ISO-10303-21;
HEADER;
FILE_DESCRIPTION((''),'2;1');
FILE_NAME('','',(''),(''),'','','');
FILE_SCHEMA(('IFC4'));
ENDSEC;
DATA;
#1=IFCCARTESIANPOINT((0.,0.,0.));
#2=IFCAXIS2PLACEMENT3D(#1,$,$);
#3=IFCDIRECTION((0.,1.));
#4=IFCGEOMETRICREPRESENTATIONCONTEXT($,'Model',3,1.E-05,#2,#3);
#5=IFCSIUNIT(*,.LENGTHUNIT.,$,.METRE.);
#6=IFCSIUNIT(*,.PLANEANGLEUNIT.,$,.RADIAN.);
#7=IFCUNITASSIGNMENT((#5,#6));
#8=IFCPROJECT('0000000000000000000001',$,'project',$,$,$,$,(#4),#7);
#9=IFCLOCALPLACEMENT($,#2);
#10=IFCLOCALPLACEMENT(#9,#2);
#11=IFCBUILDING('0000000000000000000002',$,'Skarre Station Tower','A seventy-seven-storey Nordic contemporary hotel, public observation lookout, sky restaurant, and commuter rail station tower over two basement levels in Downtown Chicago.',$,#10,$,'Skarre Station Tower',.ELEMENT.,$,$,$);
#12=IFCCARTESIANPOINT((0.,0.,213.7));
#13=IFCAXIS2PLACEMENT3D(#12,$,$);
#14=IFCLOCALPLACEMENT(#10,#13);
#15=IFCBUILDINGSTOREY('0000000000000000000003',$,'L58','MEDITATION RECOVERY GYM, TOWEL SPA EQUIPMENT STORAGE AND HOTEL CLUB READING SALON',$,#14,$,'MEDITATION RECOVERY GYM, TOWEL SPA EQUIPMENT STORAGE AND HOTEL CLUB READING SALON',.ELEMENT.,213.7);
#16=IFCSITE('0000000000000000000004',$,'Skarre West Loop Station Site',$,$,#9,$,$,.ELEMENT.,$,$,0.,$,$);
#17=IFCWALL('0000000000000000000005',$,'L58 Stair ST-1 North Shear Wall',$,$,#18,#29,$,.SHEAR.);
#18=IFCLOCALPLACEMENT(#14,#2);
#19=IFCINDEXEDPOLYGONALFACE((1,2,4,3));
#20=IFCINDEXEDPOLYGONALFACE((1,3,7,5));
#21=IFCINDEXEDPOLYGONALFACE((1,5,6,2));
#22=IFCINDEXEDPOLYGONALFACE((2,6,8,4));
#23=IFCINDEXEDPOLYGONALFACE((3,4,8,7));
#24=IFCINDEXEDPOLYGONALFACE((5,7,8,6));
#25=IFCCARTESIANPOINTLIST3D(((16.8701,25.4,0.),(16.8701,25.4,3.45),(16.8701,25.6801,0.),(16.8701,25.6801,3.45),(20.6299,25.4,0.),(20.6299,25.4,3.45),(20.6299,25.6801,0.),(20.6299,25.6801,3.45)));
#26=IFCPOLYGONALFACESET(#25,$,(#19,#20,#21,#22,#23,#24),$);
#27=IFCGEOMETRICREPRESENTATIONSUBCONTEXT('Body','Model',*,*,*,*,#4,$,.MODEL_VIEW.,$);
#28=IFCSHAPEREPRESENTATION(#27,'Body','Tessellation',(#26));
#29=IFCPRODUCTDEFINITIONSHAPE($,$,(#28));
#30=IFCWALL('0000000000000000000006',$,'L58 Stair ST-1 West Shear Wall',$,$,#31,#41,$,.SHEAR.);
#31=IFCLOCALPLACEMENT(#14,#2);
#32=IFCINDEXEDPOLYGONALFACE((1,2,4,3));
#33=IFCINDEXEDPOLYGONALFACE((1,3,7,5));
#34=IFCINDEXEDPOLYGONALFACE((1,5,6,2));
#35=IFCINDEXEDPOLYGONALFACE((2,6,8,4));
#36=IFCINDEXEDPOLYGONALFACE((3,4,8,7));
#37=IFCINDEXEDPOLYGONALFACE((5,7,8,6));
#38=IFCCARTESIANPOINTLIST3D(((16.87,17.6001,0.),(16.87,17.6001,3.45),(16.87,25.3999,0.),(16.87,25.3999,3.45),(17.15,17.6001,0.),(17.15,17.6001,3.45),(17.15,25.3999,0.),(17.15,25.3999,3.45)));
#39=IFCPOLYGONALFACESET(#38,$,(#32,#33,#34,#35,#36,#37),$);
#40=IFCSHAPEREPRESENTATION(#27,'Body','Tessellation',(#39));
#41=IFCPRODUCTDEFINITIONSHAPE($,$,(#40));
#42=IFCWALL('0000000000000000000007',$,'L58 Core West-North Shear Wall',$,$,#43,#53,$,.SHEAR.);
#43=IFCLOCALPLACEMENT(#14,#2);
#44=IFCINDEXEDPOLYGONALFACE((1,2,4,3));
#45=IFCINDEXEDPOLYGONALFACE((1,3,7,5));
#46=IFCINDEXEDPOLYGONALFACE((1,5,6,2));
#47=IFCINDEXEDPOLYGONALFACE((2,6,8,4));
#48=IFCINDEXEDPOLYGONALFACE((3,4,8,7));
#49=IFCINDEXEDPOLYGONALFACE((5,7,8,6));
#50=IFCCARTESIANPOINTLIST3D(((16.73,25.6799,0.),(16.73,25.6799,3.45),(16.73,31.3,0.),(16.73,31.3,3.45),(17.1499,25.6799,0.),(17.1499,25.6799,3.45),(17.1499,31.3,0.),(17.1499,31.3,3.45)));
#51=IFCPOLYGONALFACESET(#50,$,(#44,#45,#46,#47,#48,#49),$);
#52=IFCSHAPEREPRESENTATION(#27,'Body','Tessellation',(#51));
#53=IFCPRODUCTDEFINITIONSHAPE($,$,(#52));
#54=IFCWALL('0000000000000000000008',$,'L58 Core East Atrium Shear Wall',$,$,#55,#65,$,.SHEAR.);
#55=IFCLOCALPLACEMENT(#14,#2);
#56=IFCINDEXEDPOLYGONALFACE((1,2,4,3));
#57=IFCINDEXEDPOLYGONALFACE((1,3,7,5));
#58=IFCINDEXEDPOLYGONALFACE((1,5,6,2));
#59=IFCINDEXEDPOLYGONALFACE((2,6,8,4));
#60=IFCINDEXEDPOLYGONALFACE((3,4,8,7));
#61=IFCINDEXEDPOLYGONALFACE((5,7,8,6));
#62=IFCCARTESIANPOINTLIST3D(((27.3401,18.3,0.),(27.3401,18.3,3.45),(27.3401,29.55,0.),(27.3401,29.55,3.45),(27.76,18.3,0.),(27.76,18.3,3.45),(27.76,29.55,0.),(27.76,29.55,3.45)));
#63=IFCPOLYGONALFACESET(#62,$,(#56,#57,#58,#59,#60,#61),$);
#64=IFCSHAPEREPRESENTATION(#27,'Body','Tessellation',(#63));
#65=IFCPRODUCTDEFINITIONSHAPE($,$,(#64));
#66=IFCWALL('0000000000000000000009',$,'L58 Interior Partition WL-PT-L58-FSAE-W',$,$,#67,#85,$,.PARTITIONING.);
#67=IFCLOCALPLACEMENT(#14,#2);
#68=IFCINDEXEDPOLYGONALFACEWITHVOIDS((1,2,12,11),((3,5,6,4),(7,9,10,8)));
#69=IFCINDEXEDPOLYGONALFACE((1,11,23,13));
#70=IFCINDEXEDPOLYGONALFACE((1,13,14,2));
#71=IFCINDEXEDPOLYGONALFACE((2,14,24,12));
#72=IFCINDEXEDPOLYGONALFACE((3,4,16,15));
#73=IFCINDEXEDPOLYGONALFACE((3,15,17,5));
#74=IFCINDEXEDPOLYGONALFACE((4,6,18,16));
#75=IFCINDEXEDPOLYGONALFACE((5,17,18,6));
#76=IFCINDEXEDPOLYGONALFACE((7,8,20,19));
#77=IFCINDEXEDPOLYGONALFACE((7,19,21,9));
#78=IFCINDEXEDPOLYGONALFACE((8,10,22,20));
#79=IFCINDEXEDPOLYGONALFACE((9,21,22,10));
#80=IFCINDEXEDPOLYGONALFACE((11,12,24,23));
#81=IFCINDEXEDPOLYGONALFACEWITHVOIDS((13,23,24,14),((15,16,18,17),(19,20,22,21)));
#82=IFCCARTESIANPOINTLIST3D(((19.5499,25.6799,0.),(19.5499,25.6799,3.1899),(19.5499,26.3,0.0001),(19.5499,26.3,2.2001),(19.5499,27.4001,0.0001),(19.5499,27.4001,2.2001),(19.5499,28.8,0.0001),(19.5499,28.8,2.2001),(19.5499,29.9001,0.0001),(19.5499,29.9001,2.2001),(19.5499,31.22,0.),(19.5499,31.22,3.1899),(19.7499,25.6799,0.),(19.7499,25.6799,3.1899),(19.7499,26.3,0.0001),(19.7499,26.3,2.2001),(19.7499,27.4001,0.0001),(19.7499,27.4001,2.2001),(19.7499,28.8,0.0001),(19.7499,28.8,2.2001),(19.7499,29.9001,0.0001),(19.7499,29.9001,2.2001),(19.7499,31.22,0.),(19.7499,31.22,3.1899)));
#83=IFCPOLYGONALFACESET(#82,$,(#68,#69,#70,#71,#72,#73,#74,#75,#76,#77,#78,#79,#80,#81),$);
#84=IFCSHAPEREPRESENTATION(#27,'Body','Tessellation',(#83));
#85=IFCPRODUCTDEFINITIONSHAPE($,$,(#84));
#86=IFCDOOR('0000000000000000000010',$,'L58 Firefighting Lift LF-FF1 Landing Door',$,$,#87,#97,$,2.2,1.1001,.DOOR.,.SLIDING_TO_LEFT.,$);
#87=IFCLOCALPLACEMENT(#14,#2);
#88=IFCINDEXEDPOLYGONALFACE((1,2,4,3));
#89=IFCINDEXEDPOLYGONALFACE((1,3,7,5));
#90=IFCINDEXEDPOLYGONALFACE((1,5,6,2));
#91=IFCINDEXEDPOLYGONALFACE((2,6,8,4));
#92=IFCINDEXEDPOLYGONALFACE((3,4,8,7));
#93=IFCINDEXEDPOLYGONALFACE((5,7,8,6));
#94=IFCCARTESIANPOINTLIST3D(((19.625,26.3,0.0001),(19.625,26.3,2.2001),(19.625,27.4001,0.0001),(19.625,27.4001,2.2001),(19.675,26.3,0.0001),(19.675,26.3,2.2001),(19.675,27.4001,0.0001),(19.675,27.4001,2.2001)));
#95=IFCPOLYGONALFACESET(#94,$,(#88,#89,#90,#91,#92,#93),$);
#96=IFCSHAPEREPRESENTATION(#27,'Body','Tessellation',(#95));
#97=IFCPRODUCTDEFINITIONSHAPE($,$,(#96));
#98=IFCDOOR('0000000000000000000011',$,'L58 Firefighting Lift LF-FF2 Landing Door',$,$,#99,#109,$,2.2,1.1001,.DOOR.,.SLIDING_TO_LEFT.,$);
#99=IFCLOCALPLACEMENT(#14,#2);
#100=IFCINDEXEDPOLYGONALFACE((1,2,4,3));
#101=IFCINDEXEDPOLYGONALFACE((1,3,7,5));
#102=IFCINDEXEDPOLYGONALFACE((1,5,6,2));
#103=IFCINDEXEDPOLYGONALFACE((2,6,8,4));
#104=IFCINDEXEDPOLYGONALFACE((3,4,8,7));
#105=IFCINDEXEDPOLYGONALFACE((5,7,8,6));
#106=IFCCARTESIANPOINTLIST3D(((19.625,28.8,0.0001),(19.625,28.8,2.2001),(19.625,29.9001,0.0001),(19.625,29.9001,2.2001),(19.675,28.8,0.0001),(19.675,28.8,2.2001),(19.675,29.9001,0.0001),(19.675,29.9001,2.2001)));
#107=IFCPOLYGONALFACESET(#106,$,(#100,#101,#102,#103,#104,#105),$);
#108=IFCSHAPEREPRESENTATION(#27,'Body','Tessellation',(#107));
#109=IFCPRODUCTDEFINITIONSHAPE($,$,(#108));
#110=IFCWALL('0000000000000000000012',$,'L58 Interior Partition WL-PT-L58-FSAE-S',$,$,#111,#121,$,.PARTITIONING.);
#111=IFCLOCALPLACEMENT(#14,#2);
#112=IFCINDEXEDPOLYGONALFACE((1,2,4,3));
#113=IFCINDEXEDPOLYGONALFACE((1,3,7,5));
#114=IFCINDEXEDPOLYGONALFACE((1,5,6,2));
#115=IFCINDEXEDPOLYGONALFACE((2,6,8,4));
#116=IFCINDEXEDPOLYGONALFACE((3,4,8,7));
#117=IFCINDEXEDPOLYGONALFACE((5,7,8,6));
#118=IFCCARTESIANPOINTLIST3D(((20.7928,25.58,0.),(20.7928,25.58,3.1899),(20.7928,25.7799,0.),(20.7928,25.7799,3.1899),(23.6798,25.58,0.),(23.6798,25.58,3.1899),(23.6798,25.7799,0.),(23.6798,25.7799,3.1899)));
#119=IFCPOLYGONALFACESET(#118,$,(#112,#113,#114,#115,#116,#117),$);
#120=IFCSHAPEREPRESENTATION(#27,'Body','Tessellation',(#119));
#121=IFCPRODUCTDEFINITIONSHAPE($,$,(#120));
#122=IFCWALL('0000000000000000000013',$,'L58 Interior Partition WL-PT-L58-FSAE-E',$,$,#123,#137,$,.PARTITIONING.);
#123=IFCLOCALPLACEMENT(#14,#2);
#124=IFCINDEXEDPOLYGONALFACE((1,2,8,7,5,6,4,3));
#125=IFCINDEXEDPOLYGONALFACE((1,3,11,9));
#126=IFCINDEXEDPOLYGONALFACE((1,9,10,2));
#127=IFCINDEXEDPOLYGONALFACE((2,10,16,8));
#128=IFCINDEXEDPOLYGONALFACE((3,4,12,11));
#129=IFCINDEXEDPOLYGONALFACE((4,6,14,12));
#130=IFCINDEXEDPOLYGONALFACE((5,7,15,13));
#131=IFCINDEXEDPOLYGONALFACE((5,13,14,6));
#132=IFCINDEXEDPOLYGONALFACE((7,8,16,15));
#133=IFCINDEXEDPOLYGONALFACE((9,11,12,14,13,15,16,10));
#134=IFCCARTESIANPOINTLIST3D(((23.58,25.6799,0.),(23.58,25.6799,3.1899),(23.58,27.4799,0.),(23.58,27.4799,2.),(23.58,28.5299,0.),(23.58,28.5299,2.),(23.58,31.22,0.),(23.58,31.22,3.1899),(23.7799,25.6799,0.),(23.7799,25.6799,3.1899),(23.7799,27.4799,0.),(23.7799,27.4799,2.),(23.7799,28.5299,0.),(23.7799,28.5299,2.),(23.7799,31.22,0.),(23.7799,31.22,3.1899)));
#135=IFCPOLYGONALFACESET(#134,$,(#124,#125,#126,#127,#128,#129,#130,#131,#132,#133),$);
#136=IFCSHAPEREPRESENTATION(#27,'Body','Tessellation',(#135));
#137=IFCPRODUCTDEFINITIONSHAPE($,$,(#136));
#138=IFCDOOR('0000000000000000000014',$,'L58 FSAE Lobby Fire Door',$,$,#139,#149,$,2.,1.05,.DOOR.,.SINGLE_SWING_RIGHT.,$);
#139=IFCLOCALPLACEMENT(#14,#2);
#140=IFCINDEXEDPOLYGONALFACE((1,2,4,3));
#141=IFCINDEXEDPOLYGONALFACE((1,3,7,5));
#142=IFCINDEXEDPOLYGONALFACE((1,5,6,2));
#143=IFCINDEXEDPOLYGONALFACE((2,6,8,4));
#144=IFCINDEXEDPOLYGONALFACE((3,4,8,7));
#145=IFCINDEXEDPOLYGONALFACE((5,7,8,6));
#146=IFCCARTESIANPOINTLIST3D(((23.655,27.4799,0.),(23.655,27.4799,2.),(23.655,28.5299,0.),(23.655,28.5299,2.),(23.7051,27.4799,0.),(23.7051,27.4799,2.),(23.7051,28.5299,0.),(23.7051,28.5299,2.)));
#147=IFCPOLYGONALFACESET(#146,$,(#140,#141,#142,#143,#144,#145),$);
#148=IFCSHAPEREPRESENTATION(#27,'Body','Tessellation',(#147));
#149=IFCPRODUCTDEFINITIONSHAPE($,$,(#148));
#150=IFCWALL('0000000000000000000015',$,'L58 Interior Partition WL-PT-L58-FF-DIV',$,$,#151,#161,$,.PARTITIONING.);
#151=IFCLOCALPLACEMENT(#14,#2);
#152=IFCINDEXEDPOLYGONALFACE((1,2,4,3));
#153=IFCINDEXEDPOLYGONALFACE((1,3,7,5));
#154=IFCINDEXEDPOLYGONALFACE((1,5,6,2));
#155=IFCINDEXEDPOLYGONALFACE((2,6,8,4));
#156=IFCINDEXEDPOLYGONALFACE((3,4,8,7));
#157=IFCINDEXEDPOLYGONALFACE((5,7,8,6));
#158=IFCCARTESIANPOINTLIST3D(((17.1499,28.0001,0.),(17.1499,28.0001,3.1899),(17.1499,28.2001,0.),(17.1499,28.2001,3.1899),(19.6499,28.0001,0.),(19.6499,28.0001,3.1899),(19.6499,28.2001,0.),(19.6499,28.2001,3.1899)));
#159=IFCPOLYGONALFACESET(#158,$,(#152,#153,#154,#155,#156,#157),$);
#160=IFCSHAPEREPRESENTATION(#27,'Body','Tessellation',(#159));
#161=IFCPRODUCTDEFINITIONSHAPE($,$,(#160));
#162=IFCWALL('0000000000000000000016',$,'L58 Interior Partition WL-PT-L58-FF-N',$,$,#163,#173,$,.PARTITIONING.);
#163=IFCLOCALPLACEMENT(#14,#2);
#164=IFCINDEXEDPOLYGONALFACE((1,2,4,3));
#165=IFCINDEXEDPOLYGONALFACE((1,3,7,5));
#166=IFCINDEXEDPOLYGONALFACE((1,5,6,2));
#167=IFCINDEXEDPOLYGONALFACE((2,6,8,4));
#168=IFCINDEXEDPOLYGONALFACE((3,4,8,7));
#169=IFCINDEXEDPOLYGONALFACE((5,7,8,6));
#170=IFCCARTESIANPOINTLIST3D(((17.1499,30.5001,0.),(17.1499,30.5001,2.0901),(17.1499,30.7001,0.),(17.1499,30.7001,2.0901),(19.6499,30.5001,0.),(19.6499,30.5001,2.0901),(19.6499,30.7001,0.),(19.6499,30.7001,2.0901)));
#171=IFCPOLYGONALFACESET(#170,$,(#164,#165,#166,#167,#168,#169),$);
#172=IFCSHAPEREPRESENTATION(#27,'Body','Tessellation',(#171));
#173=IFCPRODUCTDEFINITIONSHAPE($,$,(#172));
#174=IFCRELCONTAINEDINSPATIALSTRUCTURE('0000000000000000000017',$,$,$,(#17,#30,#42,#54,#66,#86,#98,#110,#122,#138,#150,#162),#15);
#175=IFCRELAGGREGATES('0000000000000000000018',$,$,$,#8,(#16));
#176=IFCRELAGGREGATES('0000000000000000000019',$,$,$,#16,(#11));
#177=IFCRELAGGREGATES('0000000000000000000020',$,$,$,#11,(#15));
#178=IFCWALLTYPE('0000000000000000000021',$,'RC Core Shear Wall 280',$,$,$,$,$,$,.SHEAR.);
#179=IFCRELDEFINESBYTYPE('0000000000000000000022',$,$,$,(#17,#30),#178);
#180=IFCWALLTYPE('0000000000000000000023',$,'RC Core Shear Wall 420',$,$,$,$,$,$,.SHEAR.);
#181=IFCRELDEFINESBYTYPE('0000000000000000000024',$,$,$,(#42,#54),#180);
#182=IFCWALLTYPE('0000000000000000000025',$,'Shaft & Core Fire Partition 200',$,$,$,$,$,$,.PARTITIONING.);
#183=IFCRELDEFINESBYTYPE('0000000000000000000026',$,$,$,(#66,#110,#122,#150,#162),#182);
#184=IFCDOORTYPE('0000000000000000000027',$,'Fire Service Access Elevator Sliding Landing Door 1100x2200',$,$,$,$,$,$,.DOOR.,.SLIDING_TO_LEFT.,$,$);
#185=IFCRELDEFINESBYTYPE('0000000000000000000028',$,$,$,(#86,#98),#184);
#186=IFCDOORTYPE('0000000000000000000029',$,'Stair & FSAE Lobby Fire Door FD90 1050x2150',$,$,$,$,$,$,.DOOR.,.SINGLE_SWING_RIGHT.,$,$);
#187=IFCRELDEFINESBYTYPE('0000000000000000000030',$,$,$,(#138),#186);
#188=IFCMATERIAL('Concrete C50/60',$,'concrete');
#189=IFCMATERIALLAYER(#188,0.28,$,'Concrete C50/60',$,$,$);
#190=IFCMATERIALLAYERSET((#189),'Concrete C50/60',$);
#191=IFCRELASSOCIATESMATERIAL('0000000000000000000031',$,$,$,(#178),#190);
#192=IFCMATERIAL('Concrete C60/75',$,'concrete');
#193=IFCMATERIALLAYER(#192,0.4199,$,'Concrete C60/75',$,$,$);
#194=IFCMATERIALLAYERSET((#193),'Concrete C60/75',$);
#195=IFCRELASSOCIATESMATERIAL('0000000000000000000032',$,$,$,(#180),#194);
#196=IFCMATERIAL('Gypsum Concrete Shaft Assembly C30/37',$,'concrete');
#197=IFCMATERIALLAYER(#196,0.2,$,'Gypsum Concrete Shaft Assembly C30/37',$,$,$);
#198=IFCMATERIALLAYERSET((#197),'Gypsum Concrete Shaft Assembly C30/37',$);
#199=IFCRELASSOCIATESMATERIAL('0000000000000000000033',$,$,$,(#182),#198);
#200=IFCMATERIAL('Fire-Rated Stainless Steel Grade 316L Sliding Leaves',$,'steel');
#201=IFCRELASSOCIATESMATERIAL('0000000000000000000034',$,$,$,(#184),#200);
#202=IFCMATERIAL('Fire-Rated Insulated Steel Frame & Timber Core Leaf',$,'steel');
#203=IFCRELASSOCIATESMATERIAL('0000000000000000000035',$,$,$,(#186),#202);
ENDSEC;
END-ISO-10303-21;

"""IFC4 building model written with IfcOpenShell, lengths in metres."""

from ifc_helpers import new_model, si_unit, direction, frame, frame_2d, origin, place, context, subcontext, project, spatial, rectangle, extrude, material, layer, layer_set, type_object, element, fill, save


model = new_model("IFC4")

# Units and contexts
model_context = context("Model", 3, precision=1e-05, world=origin(), true_north=direction((0.0, 1.0)))
body_context = subcontext(model_context, "Body", "Model", "MODEL_VIEW")
ifc_project = project(units=[si_unit("LENGTHUNIT", "METRE"), si_unit("PLANEANGLEUNIT", "RADIAN")], contexts=[model_context])

# Site, building, storey
site_placement = place(None, origin())
site = spatial("IfcSite", under=ifc_project, at=site_placement, Name="Skarre West Loop Station Site", CompositionType="ELEMENT", RefElevation=0.0)
building_placement = place(site_placement, origin())
building = spatial("IfcBuilding", under=site, at=building_placement, Name="Skarre Station Tower", Description="A seventy-seven-storey Nordic contemporary hotel, public observation lookout, sky restaurant, and commuter rail station tower over two basement levels in Downtown Chicago.", LongName="Skarre Station Tower", CompositionType="ELEMENT")
storey_placement = place(building_placement, frame((0.0, 0.0, 213.7)))
storey = spatial("IfcBuildingStorey", under=building, at=storey_placement, Name="L58", Description="MEDITATION RECOVERY GYM, TOWEL SPA EQUIPMENT STORAGE AND HOTEL CLUB READING SALON", LongName="MEDITATION RECOVERY GYM, TOWEL SPA EQUIPMENT STORAGE AND HOTEL CLUB READING SALON", CompositionType="ELEMENT", Elevation=213.7)

# Shared definitions
ifc_material_1 = material(Name="Concrete C60/75", Category="concrete")
ifc_material_2 = material(Name="Concrete C50/60", Category="concrete")

# Walls
ifc_layer_1 = layer(ifc_material_2, 0.28, Name="Concrete C50/60")
ifc_layer_set_1 = layer_set([ifc_layer_1], Name="Concrete C50/60")
wall_type_1 = type_object("IfcWallType", Name="RC Core Shear Wall 280", PredefinedType="SHEAR", material=ifc_layer_set_1)
wall_1_placement = place(storey_placement, frame((20.6299, 25.54, 0.0), z_axis=(0.0, 0.0, 1.0), x_axis=(-1.0, 0.0, 0.0)))
element("IfcWall", 1, at=wall_1_placement, inside=storey, type_object=wall_type_1, Name="L58 Stair ST-1 North Shear Wall", PredefinedType="SHEAR", context=body_context, shape_type="SweptSolid", body=[
    extrude(rectangle(XDim=3.7598, YDim=0.28, at=frame_2d((1.8799, 0.0))), origin(), (0.0, 0.0, 1.0), 3.45),
])
wall_2_placement = place(storey_placement, frame((17.01, 25.3999, 0.0), z_axis=(0.0, 0.0, 1.0), x_axis=(0.0, -1.0, 0.0)))
element("IfcWall", 2, at=wall_2_placement, inside=storey, type_object=wall_type_1, Name="L58 Stair ST-1 West Shear Wall", PredefinedType="SHEAR", context=body_context, shape_type="SweptSolid", body=[
    extrude(rectangle(XDim=7.7998, YDim=0.28, at=frame_2d((3.8999, 0.0))), origin(), (0.0, 0.0, 1.0), 3.45),
])
ifc_layer_2 = layer(ifc_material_1, 0.4199, Name="Concrete C60/75")
ifc_layer_set_2 = layer_set([ifc_layer_2], Name="Concrete C60/75")
wall_type_2 = type_object("IfcWallType", Name="RC Core Shear Wall 420", PredefinedType="SHEAR", material=ifc_layer_set_2)
wall_3_placement = place(storey_placement, frame((16.9399, 25.6799, 0.0), z_axis=(0.0, 0.0, 1.0), x_axis=(0.0, 1.0, 0.0)))
element("IfcWall", 3, at=wall_3_placement, inside=storey, type_object=wall_type_2, Name="L58 Core West-North Shear Wall", PredefinedType="SHEAR", context=body_context, shape_type="SweptSolid", body=[
    extrude(rectangle(XDim=5.6201, YDim=0.4199, at=frame_2d((2.8101, 0.0))), origin(), (0.0, 0.0, 1.0), 3.45),
])
wall_4_placement = place(storey_placement, frame((27.55, 29.55, 0.0), z_axis=(0.0, 0.0, 1.0), x_axis=(0.0, -1.0, 0.0)))
element("IfcWall", 4, at=wall_4_placement, inside=storey, type_object=wall_type_2, Name="L58 Core East Atrium Shear Wall", PredefinedType="SHEAR", context=body_context, shape_type="SweptSolid", body=[
    extrude(rectangle(XDim=11.25, YDim=0.4199, at=frame_2d((5.625, 0.0))), origin(), (0.0, 0.0, 1.0), 3.45),
])

# Wall, openings, doors
ifc_material_3 = material(Name="Gypsum Concrete Shaft Assembly C30/37", Category="concrete")
ifc_layer_3 = layer(ifc_material_3, 0.2, Name="Gypsum Concrete Shaft Assembly C30/37")
ifc_layer_set_3 = layer_set([ifc_layer_3], Name="Gypsum Concrete Shaft Assembly C30/37")
wall_type_3 = type_object("IfcWallType", Name="Shaft & Core Fire Partition 200", PredefinedType="PARTITIONING", material=ifc_layer_set_3)
wall_5_placement = place(storey_placement, frame((19.6499, 25.6799, 0.0), z_axis=(0.0, 0.0, 1.0), x_axis=(0.0, 1.0, 0.0)))
wall_5 = element("IfcWall", 5, at=wall_5_placement, inside=storey, type_object=wall_type_3, Name="L58 Interior Partition WL-PT-L58-FSAE-W", PredefinedType="PARTITIONING", context=body_context, shape_type="SweptSolid", body=[
    extrude(rectangle(XDim=5.54, YDim=0.2, at=frame_2d((2.77, 0.0))), origin(), (0.0, 0.0, 1.0), 3.1899),
])
opening_1_placement = place(wall_5_placement, frame((0.6201, 0.0, 0.0)))
opening_1 = element("IfcOpeningElement", 6, at=opening_1_placement, cuts=wall_5, PredefinedType="OPENING", context=body_context, shape_type="SweptSolid", body=[
    extrude(rectangle(XDim=1.1001, YDim=2.2, at=frame_2d((0.55, 1.1001))), frame((0.0, 0.1099, 0.0), z_axis=(0.0, -1.0, 0.0), x_axis=(1.0, 0.0, 0.0)), (0.0, 0.0, 1.0), 0.22),
])
opening_2_placement = place(wall_5_placement, frame((3.1201, 0.0, 0.0)))
opening_2 = element("IfcOpeningElement", 7, at=opening_2_placement, cuts=wall_5, PredefinedType="OPENING", context=body_context, shape_type="SweptSolid", body=[
    extrude(rectangle(XDim=1.1001, YDim=2.2, at=frame_2d((0.55, 1.1001))), frame((0.0, 0.1099, 0.0), z_axis=(0.0, -1.0, 0.0), x_axis=(1.0, 0.0, 0.0)), (0.0, 0.0, 1.0), 0.22),
])
ifc_material_4 = material(Name="Fire-Rated Stainless Steel Grade 316L Sliding Leaves", Category="steel")
door_type_1 = type_object("IfcDoorType", Name="Fire Service Access Elevator Sliding Landing Door 1100x2200", OperationType="SLIDING_TO_LEFT", PredefinedType="DOOR", material=ifc_material_4)
door_1_placement = place(opening_1_placement, origin())
door_1 = element("IfcDoor", 8, at=door_1_placement, inside=storey, type_object=door_type_1, Name="L58 Firefighting Lift LF-FF1 Landing Door", OperationType="SLIDING_TO_LEFT", OverallHeight=2.2, OverallWidth=1.1001, PredefinedType="DOOR", context=body_context, shape_type="SweptSolid", body=[
    extrude(rectangle(XDim=1.1001, YDim=2.2, at=frame_2d((0.55, 1.1001))), frame((0.0, 0.0249, 0.0), z_axis=(0.0, -1.0, 0.0), x_axis=(1.0, 0.0, 0.0)), (0.0, 0.0, 1.0), 0.05),
])
fill(opening_1, door_1)
door_2_placement = place(opening_2_placement, origin())
door_2 = element("IfcDoor", 9, at=door_2_placement, inside=storey, type_object=door_type_1, Name="L58 Firefighting Lift LF-FF2 Landing Door", OperationType="SLIDING_TO_LEFT", OverallHeight=2.2, OverallWidth=1.1001, PredefinedType="DOOR", context=body_context, shape_type="SweptSolid", body=[
    extrude(rectangle(XDim=1.1001, YDim=2.2, at=frame_2d((0.55, 1.1001))), frame((0.0, 0.0249, 0.0), z_axis=(0.0, -1.0, 0.0), x_axis=(1.0, 0.0, 0.0)), (0.0, 0.0, 1.0), 0.05),
])
fill(opening_2, door_2)

# Wall
wall_6_placement = place(storey_placement, frame((20.793, 25.6799, 0.0), z_axis=(0.0, 0.0, 1.0), x_axis=(1.0, 0.0, 0.0)))
element("IfcWall", 10, at=wall_6_placement, inside=storey, type_object=wall_type_3, Name="L58 Interior Partition WL-PT-L58-FSAE-S", PredefinedType="PARTITIONING", context=body_context, shape_type="SweptSolid", body=[
    extrude(rectangle(XDim=2.887, YDim=0.2, at=frame_2d((1.4434, 0.0))), origin(), (0.0, 0.0, 1.0), 3.1899),
])

# Wall, opening, door
wall_7_placement = place(storey_placement, frame((23.6799, 25.6799, 0.0), z_axis=(0.0, 0.0, 1.0), x_axis=(0.0, 1.0, 0.0)))
wall_7 = element("IfcWall", 11, at=wall_7_placement, inside=storey, type_object=wall_type_3, Name="L58 Interior Partition WL-PT-L58-FSAE-E", PredefinedType="PARTITIONING", context=body_context, shape_type="SweptSolid", body=[
    extrude(rectangle(XDim=5.54, YDim=0.2, at=frame_2d((2.77, 0.0))), origin(), (0.0, 0.0, 1.0), 3.1899),
])
opening_3_placement = place(wall_7_placement, frame((1.8, 0.0, 0.0)))
opening_3 = element("IfcOpeningElement", 12, at=opening_3_placement, cuts=wall_7, PredefinedType="OPENING", context=body_context, shape_type="SweptSolid", body=[
    extrude(rectangle(XDim=1.05, YDim=2.0, at=frame_2d((0.5249, 1.0))), frame((0.0, 0.1099, 0.0), z_axis=(0.0, -1.0, 0.0), x_axis=(1.0, 0.0, 0.0)), (0.0, 0.0, 1.0), 0.22),
])
ifc_material_5 = material(Name="Fire-Rated Insulated Steel Frame & Timber Core Leaf", Category="steel")
door_type_2 = type_object("IfcDoorType", Name="Stair & FSAE Lobby Fire Door FD90 1050x2150", OperationType="SINGLE_SWING_RIGHT", PredefinedType="DOOR", material=ifc_material_5)
door_3_placement = place(opening_3_placement, origin())
door_3 = element("IfcDoor", 13, at=door_3_placement, inside=storey, type_object=door_type_2, Name="L58 FSAE Lobby Fire Door", OperationType="SINGLE_SWING_RIGHT", OverallHeight=2.0, OverallWidth=1.05, PredefinedType="DOOR", context=body_context, shape_type="SweptSolid", body=[
    extrude(rectangle(XDim=1.05, YDim=2.0, at=frame_2d((0.5249, 1.0))), frame((0.0, 0.0249, 0.0), z_axis=(0.0, -1.0, 0.0), x_axis=(1.0, 0.0, 0.0)), (0.0, 0.0, 1.0), 0.05),
])
fill(opening_3, door_3)

# Walls
wall_8_placement = place(storey_placement, frame((17.1499, 28.1001, 0.0), z_axis=(0.0, 0.0, 1.0), x_axis=(1.0, 0.0, 0.0)))
element("IfcWall", 14, at=wall_8_placement, inside=storey, type_object=wall_type_3, Name="L58 Interior Partition WL-PT-L58-FF-DIV", PredefinedType="PARTITIONING", context=body_context, shape_type="SweptSolid", body=[
    extrude(rectangle(XDim=2.5, YDim=0.2, at=frame_2d((1.25, 0.0))), origin(), (0.0, 0.0, 1.0), 3.1899),
])
wall_9_placement = place(storey_placement, frame((19.6499, 30.6001, 0.0), z_axis=(0.0, 0.0, 1.0), x_axis=(-1.0, 0.0, 0.0)))
element("IfcWall", 15, at=wall_9_placement, inside=storey, type_object=wall_type_3, Name="L58 Interior Partition WL-PT-L58-FF-N", PredefinedType="PARTITIONING", context=body_context, shape_type="SweptSolid", body=[
    extrude(rectangle(XDim=2.5, YDim=0.2, at=frame_2d((1.25, 0.0))), origin(), (0.0, 0.0, 1.0), 2.0901),
])

save(model, "model.ifc")
